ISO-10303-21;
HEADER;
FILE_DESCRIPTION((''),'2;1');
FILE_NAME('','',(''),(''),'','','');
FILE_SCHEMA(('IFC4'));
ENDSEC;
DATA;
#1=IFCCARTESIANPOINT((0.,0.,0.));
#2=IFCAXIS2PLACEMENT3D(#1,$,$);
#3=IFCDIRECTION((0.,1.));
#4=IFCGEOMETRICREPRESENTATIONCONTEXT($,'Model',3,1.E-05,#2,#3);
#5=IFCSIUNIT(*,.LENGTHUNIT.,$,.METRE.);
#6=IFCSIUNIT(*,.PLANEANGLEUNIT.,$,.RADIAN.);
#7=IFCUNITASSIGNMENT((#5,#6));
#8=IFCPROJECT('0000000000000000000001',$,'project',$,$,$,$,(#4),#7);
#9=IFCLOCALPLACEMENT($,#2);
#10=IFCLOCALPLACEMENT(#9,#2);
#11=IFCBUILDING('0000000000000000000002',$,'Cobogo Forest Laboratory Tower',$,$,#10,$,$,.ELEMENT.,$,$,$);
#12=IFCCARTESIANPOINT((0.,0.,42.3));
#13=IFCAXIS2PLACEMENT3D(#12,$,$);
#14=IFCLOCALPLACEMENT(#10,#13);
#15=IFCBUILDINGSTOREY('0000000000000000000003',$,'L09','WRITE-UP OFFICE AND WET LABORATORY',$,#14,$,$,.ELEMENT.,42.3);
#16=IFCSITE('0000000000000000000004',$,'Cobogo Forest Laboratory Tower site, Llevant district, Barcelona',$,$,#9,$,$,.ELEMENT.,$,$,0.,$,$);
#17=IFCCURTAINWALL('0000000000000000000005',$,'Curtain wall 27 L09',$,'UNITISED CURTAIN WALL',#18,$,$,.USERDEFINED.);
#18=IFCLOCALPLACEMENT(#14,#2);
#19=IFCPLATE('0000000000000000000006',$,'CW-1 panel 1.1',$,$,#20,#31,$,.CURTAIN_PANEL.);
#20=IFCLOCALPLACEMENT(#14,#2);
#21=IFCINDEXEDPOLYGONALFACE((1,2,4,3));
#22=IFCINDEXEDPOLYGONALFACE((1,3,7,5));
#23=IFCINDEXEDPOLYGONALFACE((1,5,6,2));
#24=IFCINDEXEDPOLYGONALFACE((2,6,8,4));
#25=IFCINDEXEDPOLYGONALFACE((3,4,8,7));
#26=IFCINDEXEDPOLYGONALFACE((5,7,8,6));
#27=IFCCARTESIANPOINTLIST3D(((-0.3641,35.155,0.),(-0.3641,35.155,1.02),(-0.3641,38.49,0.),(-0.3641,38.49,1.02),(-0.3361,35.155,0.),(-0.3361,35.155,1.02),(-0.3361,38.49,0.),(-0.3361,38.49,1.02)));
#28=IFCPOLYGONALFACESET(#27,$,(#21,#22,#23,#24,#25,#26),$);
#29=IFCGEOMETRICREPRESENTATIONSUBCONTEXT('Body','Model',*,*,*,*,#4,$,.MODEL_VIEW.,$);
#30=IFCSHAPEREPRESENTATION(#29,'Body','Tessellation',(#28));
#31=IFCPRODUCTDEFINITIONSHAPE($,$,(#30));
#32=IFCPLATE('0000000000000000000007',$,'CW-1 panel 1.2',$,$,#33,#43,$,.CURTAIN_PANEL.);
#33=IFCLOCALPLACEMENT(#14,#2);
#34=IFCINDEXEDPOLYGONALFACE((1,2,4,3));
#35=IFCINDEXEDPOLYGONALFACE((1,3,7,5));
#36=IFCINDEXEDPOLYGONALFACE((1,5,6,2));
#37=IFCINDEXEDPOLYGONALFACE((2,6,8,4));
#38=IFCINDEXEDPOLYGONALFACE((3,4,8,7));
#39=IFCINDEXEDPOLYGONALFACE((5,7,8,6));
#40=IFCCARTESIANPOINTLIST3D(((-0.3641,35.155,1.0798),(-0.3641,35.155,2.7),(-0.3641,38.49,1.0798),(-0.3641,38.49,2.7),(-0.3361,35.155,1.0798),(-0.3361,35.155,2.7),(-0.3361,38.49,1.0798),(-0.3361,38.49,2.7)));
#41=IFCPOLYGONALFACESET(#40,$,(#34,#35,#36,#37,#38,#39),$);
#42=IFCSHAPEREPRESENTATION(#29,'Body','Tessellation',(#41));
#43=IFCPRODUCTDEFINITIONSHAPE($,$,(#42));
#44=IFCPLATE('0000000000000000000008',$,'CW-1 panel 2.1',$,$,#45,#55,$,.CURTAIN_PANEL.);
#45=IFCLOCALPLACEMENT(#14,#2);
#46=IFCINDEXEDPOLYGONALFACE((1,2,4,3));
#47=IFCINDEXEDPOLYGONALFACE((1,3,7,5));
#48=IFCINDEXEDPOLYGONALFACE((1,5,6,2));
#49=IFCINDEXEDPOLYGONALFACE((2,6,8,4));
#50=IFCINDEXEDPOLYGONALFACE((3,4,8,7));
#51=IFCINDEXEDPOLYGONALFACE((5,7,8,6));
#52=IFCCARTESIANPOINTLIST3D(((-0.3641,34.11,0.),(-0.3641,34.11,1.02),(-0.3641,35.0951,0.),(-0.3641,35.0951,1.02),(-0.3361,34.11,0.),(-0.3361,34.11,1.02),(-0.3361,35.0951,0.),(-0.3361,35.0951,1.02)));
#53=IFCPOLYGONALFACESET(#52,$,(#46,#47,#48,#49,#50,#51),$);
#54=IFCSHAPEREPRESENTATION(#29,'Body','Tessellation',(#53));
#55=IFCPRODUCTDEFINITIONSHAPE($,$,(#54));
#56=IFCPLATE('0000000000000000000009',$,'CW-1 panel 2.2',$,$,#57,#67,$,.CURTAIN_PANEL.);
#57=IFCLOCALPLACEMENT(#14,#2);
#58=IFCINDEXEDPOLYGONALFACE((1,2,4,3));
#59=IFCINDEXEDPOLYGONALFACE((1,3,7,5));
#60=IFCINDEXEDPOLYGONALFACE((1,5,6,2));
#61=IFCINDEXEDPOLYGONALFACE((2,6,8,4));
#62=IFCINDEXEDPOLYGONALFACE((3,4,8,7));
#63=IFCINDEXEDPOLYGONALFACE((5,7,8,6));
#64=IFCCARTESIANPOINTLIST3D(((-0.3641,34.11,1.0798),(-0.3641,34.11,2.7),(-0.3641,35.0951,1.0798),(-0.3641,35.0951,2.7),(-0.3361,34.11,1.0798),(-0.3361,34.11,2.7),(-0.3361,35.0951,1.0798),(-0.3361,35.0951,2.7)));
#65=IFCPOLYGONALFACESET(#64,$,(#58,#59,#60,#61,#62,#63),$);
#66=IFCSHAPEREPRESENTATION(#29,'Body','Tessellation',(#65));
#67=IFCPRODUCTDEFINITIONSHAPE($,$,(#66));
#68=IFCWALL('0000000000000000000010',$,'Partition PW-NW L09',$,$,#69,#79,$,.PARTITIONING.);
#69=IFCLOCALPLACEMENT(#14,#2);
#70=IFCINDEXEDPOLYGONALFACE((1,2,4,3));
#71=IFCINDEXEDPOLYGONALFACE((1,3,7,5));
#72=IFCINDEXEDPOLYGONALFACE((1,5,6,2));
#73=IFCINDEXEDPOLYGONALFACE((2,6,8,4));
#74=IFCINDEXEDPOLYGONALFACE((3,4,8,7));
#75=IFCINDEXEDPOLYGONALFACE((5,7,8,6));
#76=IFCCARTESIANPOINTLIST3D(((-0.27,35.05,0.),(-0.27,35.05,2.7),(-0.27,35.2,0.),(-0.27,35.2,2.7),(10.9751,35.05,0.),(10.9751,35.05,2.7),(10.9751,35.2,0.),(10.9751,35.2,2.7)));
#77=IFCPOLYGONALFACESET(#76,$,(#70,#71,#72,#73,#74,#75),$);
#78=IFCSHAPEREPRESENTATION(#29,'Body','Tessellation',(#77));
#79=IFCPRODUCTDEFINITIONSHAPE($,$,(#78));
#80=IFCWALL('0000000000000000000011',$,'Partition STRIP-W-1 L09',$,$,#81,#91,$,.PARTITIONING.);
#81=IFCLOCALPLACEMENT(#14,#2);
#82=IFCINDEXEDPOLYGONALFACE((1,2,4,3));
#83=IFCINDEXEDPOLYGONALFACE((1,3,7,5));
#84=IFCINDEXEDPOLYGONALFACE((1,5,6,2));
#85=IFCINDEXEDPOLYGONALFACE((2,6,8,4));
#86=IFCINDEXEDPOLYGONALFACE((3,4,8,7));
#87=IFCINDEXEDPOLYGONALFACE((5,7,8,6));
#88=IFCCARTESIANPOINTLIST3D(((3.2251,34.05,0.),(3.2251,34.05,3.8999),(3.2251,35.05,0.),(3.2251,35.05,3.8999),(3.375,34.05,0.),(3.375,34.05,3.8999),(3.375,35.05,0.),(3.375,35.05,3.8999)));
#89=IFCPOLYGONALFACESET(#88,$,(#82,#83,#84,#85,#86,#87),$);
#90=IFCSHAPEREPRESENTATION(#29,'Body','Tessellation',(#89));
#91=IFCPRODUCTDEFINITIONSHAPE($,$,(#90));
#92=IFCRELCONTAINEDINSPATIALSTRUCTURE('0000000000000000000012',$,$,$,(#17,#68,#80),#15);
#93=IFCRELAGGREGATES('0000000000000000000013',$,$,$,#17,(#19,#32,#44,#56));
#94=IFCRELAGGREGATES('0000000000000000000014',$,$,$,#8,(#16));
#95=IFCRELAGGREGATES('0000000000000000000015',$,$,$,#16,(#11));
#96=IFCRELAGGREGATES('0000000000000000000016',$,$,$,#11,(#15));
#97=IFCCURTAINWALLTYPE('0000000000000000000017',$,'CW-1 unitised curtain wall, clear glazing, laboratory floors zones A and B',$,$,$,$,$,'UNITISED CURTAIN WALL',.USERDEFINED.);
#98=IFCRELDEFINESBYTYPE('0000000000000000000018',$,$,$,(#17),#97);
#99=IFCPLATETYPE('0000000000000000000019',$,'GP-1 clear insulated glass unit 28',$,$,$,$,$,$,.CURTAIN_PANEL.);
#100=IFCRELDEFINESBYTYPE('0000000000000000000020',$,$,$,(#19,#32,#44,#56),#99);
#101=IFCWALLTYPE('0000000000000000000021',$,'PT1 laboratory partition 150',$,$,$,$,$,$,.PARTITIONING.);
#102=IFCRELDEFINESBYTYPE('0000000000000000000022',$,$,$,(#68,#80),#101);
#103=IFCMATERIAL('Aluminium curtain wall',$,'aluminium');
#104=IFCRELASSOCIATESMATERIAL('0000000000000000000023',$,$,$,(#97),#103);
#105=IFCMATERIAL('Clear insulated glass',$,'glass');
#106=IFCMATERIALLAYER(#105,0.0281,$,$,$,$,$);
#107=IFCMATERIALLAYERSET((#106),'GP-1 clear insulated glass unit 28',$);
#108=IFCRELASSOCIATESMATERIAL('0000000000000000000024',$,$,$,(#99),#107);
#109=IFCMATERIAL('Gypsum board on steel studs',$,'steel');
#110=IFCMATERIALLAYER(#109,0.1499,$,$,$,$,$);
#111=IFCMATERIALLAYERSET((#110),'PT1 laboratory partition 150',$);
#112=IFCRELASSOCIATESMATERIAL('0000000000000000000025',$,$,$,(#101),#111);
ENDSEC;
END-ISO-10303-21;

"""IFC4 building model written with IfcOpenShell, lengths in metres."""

from ifc_helpers import new_model, si_unit, direction, frame, frame_2d, origin, origin_2d, place, context, subcontext, project, spatial, rectangle, extrude, material, layer, layer_set, type_object, element, aggregate, save


model = new_model("IFC4")

# Units and contexts
model_context = context("Model", 3, precision=1e-05, world=origin(), true_north=direction((0.0, 1.0)))
body_context = subcontext(model_context, "Body", "Model", "MODEL_VIEW")
ifc_project = project(units=[si_unit("LENGTHUNIT", "METRE"), si_unit("PLANEANGLEUNIT", "RADIAN")], contexts=[model_context])

# Site, building, storey
site_placement = place(None, origin())
site = spatial("IfcSite", under=ifc_project, at=site_placement, Name="Cobogo Forest Laboratory Tower site, Llevant district, Barcelona", CompositionType="ELEMENT", RefElevation=0.0)
building_placement = place(site_placement, origin())
building = spatial("IfcBuilding", under=site, at=building_placement, Name="Cobogo Forest Laboratory Tower", CompositionType="ELEMENT")
storey_placement = place(building_placement, frame((0.0, 0.0, 42.3)))
storey = spatial("IfcBuildingStorey", under=building, at=storey_placement, Name="L09", Description="WRITE-UP OFFICE AND WET LABORATORY", CompositionType="ELEMENT", Elevation=42.3)

# Curtain wall
ifc_material_1 = material(Name="Aluminium curtain wall", Category="aluminium")
curtain_wall_type = type_object("IfcCurtainWallType", Name="CW-1 unitised curtain wall, clear glazing, laboratory floors zones A and B", ElementType="UNITISED CURTAIN WALL", PredefinedType="USERDEFINED", material=ifc_material_1)
curtain_wall_1_placement = place(storey_placement, origin())
curtain_wall_1 = element("IfcCurtainWall", 1, at=curtain_wall_1_placement, inside=storey, type_object=curtain_wall_type, Name="Curtain wall 27 L09", ObjectType="UNITISED CURTAIN WALL", PredefinedType="USERDEFINED")

# Plates
ifc_material_2 = material(Name="Clear insulated glass", Category="glass")
ifc_layer_1 = layer(ifc_material_2, 0.0281)
ifc_layer_set_1 = layer_set([ifc_layer_1], Name="GP-1 clear insulated glass unit 28")
plate_type_1 = type_object("IfcPlateType", Name="GP-1 clear insulated glass unit 28", PredefinedType="CURTAIN_PANEL", material=ifc_layer_set_1)
plate_1_placement = place(storey_placement, frame((-0.3501, 36.8225, 0.0), z_axis=(0.0, 0.0, 1.0), x_axis=(0.0, -1.0, 0.0)))
plate_1 = element("IfcPlate", 2, at=plate_1_placement, type_object=plate_type_1, Name="CW-1 panel 1.1", PredefinedType="CURTAIN_PANEL", context=body_context, shape_type="SweptSolid", body=[
    extrude(rectangle(XDim=3.335, YDim=0.0281, at=origin_2d()), origin(), (0.0, 0.0, 1.0), 1.02),
])
plate_2_placement = place(storey_placement, frame((-0.3501, 36.8225, 1.0798), z_axis=(0.0, 0.0, 1.0), x_axis=(0.0, -1.0, 0.0)))
plate_2 = element("IfcPlate", 3, at=plate_2_placement, type_object=plate_type_1, Name="CW-1 panel 1.2", PredefinedType="CURTAIN_PANEL", context=body_context, shape_type="SweptSolid", body=[
    extrude(rectangle(XDim=3.335, YDim=0.0281, at=origin_2d()), origin(), (0.0, 0.0, 1.0), 1.6201),
])
plate_3_placement = place(storey_placement, frame((-0.3501, 34.6025, 0.0), z_axis=(0.0, 0.0, 1.0), x_axis=(0.0, -1.0, 0.0)))
plate_3 = element("IfcPlate", 4, at=plate_3_placement, type_object=plate_type_1, Name="CW-1 panel 2.1", PredefinedType="CURTAIN_PANEL", context=body_context, shape_type="SweptSolid", body=[
    extrude(rectangle(XDim=0.9851, YDim=0.0281, at=origin_2d()), origin(), (0.0, 0.0, 1.0), 1.02),
])
plate_4_placement = place(storey_placement, frame((-0.3501, 34.6025, 1.0798), z_axis=(0.0, 0.0, 1.0), x_axis=(0.0, -1.0, 0.0)))
plate_4 = element("IfcPlate", 5, at=plate_4_placement, type_object=plate_type_1, Name="CW-1 panel 2.2", PredefinedType="CURTAIN_PANEL", context=body_context, shape_type="SweptSolid", body=[
    extrude(rectangle(XDim=0.9851, YDim=0.0281, at=origin_2d()), origin(), (0.0, 0.0, 1.0), 1.6201),
])
aggregate(curtain_wall_1, [plate_1, plate_2, plate_3, plate_4])

# Walls
ifc_material_3 = material(Name="Gypsum board on steel studs", Category="steel")
ifc_layer_2 = layer(ifc_material_3, 0.1499)
ifc_layer_set_2 = layer_set([ifc_layer_2], Name="PT1 laboratory partition 150")
wall_type = type_object("IfcWallType", Name="PT1 laboratory partition 150", PredefinedType="PARTITIONING", material=ifc_layer_set_2)
wall_1_placement = place(storey_placement, frame((-0.27, 35.125, 0.0), z_axis=(0.0, 0.0, 1.0), x_axis=(1.0, 0.0, 0.0)))
element("IfcWall", 6, at=wall_1_placement, inside=storey, type_object=wall_type, Name="Partition PW-NW L09", PredefinedType="PARTITIONING", context=body_context, shape_type="SweptSolid", body=[
    extrude(rectangle(XDim=11.2451, YDim=0.1499, at=frame_2d((5.6226, 0.0))), origin(), (0.0, 0.0, 1.0), 2.7),
])
wall_2_placement = place(storey_placement, frame((3.3, 35.05, 0.0), z_axis=(0.0, 0.0, 1.0), x_axis=(0.0, -1.0, 0.0)))
element("IfcWall", 7, at=wall_2_placement, inside=storey, type_object=wall_type, Name="Partition STRIP-W-1 L09", PredefinedType="PARTITIONING", context=body_context, shape_type="SweptSolid", body=[
    extrude(rectangle(XDim=1.0, YDim=0.1499, at=frame_2d((0.5, 0.0))), origin(), (0.0, 0.0, 1.0), 3.8999),
])

save(model, "model.ifc")
